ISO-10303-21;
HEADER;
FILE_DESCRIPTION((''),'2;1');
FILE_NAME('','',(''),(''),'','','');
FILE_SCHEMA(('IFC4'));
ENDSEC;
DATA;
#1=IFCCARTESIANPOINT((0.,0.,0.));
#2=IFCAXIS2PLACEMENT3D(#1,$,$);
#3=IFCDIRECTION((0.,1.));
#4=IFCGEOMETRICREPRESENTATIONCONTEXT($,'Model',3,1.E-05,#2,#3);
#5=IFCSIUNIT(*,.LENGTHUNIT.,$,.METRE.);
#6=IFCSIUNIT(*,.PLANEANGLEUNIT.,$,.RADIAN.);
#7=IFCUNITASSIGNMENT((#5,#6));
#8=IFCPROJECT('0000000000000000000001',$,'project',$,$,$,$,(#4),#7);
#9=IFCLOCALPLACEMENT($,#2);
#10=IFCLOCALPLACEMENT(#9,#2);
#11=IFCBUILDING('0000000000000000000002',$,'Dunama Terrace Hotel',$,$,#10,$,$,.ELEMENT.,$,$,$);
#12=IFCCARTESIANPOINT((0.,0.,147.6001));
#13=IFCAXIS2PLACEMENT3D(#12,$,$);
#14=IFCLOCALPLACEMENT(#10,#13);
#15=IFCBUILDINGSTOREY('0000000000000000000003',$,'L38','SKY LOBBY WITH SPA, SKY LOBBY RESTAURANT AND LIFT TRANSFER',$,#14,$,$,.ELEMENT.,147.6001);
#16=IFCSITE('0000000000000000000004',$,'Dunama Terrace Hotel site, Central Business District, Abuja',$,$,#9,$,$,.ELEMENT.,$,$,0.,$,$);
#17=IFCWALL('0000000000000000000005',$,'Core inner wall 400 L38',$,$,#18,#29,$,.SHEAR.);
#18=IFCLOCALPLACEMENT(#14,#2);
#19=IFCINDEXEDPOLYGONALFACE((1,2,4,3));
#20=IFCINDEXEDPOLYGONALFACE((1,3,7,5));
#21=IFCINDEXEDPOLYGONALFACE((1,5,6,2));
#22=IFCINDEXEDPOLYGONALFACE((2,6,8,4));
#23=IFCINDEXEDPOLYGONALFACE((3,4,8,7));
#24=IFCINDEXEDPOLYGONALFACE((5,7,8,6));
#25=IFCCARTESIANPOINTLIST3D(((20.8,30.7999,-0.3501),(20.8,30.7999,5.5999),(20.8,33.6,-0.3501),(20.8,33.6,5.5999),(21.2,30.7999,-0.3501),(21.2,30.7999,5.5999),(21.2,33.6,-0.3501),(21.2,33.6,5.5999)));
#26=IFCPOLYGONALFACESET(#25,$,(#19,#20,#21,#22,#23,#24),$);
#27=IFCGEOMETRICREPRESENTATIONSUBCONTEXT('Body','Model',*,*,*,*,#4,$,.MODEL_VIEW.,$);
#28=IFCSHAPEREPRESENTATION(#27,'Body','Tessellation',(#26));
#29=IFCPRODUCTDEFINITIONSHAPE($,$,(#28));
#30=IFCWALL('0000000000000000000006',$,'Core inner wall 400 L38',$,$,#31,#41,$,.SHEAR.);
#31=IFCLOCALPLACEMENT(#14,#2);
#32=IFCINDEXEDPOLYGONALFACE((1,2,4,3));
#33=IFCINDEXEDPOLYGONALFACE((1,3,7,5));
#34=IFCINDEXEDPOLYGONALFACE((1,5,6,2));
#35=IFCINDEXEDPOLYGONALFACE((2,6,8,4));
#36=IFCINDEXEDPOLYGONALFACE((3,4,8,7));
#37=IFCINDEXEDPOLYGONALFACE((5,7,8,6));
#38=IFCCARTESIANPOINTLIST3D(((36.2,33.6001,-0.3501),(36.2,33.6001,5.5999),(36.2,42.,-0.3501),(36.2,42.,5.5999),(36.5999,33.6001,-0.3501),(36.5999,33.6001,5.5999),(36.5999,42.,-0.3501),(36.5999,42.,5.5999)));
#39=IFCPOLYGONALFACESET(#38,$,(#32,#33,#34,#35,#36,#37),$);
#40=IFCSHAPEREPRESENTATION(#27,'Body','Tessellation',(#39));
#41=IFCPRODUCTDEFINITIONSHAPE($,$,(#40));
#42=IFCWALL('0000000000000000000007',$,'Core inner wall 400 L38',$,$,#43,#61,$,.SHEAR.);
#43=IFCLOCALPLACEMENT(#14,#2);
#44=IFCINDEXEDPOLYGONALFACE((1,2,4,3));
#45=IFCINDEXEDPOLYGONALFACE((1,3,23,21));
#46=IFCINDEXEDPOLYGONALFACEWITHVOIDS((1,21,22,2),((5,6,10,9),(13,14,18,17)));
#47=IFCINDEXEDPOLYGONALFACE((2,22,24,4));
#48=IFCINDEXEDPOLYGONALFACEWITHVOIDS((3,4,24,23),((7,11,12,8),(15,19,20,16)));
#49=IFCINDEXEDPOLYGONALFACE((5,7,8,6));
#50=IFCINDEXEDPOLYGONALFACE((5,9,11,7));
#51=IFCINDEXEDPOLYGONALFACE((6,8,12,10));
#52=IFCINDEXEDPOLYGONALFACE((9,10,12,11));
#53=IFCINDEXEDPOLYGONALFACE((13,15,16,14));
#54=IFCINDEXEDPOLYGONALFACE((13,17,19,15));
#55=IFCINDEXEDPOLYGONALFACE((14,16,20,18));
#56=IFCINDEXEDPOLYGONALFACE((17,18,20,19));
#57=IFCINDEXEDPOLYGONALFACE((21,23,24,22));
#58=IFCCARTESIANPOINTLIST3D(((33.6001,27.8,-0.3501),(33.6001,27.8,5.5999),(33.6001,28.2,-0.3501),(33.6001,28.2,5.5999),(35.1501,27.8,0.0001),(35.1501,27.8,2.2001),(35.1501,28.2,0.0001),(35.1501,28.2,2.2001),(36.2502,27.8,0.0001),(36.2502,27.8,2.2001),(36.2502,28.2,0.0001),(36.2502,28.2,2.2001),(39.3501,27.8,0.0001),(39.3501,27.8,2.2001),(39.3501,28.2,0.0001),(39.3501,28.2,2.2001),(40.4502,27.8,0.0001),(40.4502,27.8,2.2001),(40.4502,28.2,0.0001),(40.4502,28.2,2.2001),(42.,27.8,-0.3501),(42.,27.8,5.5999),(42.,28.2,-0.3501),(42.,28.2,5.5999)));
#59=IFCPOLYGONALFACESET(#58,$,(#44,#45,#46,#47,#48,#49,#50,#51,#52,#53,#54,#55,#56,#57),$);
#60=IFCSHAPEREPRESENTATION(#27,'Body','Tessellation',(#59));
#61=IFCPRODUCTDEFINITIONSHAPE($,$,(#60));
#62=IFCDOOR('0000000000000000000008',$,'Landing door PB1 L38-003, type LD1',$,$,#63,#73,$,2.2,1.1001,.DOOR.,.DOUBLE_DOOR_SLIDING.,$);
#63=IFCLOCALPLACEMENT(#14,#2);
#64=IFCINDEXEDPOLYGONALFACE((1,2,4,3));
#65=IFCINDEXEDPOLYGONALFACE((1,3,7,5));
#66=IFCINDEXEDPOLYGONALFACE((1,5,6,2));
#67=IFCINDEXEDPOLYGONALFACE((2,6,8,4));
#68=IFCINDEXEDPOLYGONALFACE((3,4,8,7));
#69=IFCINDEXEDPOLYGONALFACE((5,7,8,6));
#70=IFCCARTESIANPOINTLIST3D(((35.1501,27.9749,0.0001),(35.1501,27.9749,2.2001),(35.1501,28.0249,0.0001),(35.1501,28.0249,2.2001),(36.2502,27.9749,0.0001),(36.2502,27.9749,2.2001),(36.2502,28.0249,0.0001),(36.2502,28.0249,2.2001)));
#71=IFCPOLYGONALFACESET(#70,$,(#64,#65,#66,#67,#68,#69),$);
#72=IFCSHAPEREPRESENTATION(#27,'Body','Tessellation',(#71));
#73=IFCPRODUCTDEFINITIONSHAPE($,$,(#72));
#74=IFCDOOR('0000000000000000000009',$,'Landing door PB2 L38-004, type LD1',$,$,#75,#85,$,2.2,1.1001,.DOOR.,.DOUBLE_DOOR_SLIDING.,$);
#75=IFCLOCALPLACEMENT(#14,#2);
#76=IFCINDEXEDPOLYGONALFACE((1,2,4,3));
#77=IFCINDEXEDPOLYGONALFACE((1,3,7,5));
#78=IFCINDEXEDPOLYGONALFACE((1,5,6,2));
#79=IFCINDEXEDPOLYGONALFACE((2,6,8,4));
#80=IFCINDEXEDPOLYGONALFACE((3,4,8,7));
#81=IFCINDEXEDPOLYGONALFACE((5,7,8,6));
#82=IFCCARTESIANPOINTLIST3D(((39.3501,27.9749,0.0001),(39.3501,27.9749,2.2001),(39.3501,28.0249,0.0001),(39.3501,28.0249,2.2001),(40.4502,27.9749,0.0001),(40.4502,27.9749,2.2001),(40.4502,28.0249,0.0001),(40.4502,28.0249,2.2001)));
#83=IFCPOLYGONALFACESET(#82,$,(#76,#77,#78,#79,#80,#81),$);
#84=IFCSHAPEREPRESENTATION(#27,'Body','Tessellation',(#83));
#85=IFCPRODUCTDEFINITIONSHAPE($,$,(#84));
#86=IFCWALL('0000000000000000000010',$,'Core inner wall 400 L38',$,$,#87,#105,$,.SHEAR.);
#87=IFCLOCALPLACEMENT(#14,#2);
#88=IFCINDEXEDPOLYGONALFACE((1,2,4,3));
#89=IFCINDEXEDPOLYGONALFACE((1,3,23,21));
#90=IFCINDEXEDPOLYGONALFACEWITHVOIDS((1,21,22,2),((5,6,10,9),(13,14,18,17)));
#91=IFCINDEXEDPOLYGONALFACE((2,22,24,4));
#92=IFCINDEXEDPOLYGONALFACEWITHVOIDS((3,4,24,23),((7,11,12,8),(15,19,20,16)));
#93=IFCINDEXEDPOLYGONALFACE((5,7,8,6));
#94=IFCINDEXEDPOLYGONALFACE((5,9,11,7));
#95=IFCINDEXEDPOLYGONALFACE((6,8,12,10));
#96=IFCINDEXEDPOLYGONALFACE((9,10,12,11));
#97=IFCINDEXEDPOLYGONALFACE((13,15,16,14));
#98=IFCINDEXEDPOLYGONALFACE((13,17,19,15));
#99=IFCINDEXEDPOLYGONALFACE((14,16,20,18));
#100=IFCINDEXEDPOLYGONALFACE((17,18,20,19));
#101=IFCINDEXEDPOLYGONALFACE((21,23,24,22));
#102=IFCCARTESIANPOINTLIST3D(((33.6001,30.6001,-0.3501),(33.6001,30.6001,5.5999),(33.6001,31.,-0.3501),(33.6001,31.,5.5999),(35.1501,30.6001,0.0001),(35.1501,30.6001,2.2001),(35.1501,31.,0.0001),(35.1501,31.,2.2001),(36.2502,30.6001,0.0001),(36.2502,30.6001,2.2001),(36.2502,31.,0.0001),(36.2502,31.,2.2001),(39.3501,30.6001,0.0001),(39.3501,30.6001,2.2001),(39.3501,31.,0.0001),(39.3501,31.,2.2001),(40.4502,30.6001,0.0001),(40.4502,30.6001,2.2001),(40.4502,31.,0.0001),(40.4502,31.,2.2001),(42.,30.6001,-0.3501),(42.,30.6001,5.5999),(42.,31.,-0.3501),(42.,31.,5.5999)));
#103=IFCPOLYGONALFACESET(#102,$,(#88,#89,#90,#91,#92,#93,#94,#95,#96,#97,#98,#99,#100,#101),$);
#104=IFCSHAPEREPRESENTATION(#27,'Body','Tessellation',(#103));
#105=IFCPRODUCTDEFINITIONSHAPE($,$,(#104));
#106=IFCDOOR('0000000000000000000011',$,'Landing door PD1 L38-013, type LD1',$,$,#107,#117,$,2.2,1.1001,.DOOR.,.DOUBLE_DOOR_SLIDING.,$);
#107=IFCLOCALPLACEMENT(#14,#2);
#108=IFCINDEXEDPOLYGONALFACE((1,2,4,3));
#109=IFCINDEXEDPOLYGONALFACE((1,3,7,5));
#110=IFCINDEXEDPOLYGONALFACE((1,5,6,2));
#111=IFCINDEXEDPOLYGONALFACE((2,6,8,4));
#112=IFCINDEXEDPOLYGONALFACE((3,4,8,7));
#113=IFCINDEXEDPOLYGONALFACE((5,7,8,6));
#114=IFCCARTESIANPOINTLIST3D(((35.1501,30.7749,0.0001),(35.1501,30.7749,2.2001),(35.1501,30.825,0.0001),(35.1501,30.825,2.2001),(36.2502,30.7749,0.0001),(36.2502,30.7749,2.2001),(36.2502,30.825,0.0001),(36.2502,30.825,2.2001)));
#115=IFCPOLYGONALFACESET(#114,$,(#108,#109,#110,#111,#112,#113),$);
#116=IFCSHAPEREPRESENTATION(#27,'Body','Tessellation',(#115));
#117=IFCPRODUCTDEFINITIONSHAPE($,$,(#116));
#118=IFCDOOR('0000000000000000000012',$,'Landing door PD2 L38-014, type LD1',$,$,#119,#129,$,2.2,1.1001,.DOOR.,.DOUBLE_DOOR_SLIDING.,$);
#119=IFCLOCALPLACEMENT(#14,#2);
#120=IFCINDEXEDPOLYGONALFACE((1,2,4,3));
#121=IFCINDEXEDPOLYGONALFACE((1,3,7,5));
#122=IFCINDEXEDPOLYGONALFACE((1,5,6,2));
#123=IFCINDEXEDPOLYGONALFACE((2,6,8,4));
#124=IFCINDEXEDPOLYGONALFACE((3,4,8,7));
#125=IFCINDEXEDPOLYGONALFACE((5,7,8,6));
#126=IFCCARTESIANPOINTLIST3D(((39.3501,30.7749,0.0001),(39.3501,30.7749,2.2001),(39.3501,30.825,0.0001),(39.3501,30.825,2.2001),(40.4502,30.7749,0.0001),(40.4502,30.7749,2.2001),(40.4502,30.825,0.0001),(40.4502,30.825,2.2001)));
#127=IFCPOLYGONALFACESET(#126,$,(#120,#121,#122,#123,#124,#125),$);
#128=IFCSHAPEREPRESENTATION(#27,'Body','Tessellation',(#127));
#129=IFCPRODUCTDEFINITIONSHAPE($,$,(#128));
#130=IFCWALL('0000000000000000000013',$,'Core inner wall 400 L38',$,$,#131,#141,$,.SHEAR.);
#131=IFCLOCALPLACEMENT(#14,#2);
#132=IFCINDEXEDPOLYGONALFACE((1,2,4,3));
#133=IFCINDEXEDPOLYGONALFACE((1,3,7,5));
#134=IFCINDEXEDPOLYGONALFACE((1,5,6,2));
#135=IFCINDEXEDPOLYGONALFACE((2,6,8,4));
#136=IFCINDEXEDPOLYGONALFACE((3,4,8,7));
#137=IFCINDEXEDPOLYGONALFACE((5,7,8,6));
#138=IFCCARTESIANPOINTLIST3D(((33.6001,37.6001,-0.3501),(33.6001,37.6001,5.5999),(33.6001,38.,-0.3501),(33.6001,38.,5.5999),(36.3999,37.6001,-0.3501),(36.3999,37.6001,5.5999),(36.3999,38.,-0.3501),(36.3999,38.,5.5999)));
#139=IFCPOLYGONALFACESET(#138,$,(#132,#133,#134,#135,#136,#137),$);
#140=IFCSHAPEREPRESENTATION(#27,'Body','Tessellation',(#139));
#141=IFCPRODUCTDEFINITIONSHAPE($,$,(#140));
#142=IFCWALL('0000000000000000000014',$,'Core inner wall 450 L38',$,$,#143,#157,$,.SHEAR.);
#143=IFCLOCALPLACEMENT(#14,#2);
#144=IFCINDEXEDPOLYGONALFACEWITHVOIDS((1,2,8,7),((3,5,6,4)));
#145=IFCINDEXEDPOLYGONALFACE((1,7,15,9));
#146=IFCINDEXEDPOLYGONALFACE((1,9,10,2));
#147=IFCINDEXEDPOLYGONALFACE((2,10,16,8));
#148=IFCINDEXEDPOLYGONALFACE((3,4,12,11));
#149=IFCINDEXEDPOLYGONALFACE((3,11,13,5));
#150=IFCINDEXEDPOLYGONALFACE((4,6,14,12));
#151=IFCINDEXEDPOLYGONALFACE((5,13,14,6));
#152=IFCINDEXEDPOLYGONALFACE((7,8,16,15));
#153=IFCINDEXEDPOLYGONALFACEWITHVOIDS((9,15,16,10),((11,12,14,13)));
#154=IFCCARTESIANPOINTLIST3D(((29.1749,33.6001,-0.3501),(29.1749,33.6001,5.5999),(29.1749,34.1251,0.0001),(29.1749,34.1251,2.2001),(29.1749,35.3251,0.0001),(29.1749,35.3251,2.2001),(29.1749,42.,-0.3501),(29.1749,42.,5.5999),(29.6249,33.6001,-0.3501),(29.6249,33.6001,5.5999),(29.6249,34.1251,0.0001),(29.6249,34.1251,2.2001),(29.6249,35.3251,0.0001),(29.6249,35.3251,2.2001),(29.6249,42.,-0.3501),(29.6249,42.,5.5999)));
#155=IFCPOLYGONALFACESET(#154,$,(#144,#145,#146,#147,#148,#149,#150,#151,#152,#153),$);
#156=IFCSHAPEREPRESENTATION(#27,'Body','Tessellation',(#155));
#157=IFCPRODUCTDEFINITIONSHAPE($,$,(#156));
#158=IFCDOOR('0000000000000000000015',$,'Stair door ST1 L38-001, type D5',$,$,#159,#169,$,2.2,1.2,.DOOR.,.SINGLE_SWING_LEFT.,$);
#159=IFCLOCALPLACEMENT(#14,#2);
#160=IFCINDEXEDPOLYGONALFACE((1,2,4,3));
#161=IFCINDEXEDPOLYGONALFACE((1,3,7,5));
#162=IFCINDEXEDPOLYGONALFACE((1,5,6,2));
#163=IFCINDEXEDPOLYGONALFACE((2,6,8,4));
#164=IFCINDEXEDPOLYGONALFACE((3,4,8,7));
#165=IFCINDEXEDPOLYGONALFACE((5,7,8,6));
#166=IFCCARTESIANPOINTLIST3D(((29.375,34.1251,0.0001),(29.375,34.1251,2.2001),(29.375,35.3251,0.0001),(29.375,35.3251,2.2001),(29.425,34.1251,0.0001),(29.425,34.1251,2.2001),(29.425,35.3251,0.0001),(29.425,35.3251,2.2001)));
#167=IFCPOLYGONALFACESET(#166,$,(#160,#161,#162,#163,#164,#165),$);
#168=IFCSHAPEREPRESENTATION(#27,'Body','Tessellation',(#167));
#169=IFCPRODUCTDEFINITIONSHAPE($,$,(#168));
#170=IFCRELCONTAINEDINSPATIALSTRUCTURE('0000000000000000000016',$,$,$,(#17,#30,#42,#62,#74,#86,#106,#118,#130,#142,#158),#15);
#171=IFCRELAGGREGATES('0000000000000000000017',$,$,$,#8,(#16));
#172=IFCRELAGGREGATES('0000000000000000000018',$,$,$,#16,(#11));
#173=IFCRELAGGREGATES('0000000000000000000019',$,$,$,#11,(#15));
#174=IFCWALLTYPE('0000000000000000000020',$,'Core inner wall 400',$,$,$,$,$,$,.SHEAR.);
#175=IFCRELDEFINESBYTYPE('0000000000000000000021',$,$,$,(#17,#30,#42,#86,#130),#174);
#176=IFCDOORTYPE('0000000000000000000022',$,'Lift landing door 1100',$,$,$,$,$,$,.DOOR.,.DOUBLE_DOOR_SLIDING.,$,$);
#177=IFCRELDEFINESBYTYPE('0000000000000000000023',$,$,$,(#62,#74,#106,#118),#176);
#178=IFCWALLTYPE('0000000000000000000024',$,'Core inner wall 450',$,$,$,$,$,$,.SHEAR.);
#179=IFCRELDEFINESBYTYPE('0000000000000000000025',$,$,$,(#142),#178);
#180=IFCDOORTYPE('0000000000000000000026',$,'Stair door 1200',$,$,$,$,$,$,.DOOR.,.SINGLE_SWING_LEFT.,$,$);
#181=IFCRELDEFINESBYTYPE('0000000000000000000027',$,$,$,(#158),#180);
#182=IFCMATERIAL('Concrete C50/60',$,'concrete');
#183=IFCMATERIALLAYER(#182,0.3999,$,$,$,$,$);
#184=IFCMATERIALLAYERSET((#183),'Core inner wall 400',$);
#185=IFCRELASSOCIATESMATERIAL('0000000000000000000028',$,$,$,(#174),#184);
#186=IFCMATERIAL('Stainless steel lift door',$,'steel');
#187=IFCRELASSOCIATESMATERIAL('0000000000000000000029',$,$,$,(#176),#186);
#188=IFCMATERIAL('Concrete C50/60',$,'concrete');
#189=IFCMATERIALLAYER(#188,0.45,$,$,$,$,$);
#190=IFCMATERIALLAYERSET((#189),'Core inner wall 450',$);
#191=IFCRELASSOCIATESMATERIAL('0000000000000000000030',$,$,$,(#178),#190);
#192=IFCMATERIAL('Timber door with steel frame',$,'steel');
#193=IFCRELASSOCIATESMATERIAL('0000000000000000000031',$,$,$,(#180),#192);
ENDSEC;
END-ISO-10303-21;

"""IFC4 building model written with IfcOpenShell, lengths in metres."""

from ifc_helpers import new_model, si_unit, direction, frame, frame_2d, origin, place, context, subcontext, project, spatial, rectangle, extrude, material, layer, layer_set, type_object, element, fill, save


model = new_model("IFC4")

# Units and contexts
model_context = context("Model", 3, precision=1e-05, world=origin(), true_north=direction((0.0, 1.0)))
body_context = subcontext(model_context, "Body", "Model", "MODEL_VIEW")
ifc_project = project(units=[si_unit("LENGTHUNIT", "METRE"), si_unit("PLANEANGLEUNIT", "RADIAN")], contexts=[model_context])

# Site, building, storey
site_placement = place(None, origin())
site = spatial("IfcSite", under=ifc_project, at=site_placement, Name="Dunama Terrace Hotel site, Central Business District, Abuja", CompositionType="ELEMENT", RefElevation=0.0)
building_placement = place(site_placement, origin())
building = spatial("IfcBuilding", under=site, at=building_placement, Name="Dunama Terrace Hotel", CompositionType="ELEMENT")
storey_placement = place(building_placement, frame((0.0, 0.0, 147.6001)))
storey = spatial("IfcBuildingStorey", under=building, at=storey_placement, Name="L38", Description="SKY LOBBY WITH SPA, SKY LOBBY RESTAURANT AND LIFT TRANSFER", CompositionType="ELEMENT", Elevation=147.6001)

# Walls
ifc_material_1 = material(Name="Concrete C50/60", Category="concrete")
ifc_layer_1 = layer(ifc_material_1, 0.3999)
ifc_layer_set_1 = layer_set([ifc_layer_1], Name="Core inner wall 400")
wall_type_1 = type_object("IfcWallType", Name="Core inner wall 400", PredefinedType="SHEAR", material=ifc_layer_set_1)
wall_1_placement = place(storey_placement, frame((21.0, 30.8, -0.3501), z_axis=(0.0, 0.0, 1.0), x_axis=(0.0, 1.0, 0.0)))
element("IfcWall", 1, at=wall_1_placement, inside=storey, type_object=wall_type_1, Name="Core inner wall 400 L38", PredefinedType="SHEAR", context=body_context, shape_type="SweptSolid", body=[
    extrude(rectangle(XDim=2.8, YDim=0.3999, at=frame_2d((1.3999, 0.0))), origin(), (0.0, 0.0, 1.0), 5.95),
])
wall_2_placement = place(storey_placement, frame((36.3999, 33.6001, -0.3501), z_axis=(0.0, 0.0, 1.0), x_axis=(0.0, 1.0, 0.0)))
element("IfcWall", 2, at=wall_2_placement, inside=storey, type_object=wall_type_1, Name="Core inner wall 400 L38", PredefinedType="SHEAR", context=body_context, shape_type="SweptSolid", body=[
    extrude(rectangle(XDim=8.3999, YDim=0.3999, at=frame_2d((4.2, 0.0))), origin(), (0.0, 0.0, 1.0), 5.95),
])

# Walls, openings, doors
wall_3_placement = place(storey_placement, frame((33.6001, 28.0, -0.3501), z_axis=(0.0, 0.0, 1.0), x_axis=(1.0, 0.0, 0.0)))
wall_3 = element("IfcWall", 3, at=wall_3_placement, inside=storey, type_object=wall_type_1, Name="Core inner wall 400 L38", PredefinedType="SHEAR", context=body_context, shape_type="SweptSolid", body=[
    extrude(rectangle(XDim=8.3999, YDim=0.3999, at=frame_2d((4.2, 0.0))), origin(), (0.0, 0.0, 1.0), 5.95),
])
opening_1_placement = place(wall_3_placement, frame((1.55, 0.0, 0.3501)))
opening_1 = element("IfcOpeningElement", 4, at=opening_1_placement, cuts=wall_3, PredefinedType="OPENING", context=body_context, shape_type="SweptSolid", body=[
    extrude(rectangle(XDim=1.1001, YDim=2.2, at=frame_2d((0.55, 1.1001))), frame((0.0, 0.21, 0.0), z_axis=(0.0, -1.0, 0.0), x_axis=(1.0, 0.0, 0.0)), (0.0, 0.0, 1.0), 0.4199),
])
opening_2_placement = place(wall_3_placement, frame((5.75, 0.0, 0.3501)))
opening_2 = element("IfcOpeningElement", 5, at=opening_2_placement, cuts=wall_3, PredefinedType="OPENING", context=body_context, shape_type="SweptSolid", body=[
    extrude(rectangle(XDim=1.1001, YDim=2.2, at=frame_2d((0.55, 1.1001))), frame((0.0, 0.21, 0.0), z_axis=(0.0, -1.0, 0.0), x_axis=(1.0, 0.0, 0.0)), (0.0, 0.0, 1.0), 0.4199),
])
ifc_material_2 = material(Name="Stainless steel lift door", Category="steel")
door_type_1 = type_object("IfcDoorType", Name="Lift landing door 1100", OperationType="DOUBLE_DOOR_SLIDING", PredefinedType="DOOR", material=ifc_material_2)
door_1_placement = place(opening_1_placement, origin())
door_1 = element("IfcDoor", 6, at=door_1_placement, inside=storey, type_object=door_type_1, Name="Landing door PB1 L38-003, type LD1", OperationType="DOUBLE_DOOR_SLIDING", OverallHeight=2.2, OverallWidth=1.1001, PredefinedType="DOOR", context=body_context, shape_type="SweptSolid", body=[
    extrude(rectangle(XDim=1.1001, YDim=2.2, at=frame_2d((0.55, 1.1001))), frame((0.0, 0.0249, 0.0), z_axis=(0.0, -1.0, 0.0), x_axis=(1.0, 0.0, 0.0)), (0.0, 0.0, 1.0), 0.05),
])
fill(opening_1, door_1)
door_2_placement = place(opening_2_placement, origin())
door_2 = element("IfcDoor", 7, at=door_2_placement, inside=storey, type_object=door_type_1, Name="Landing door PB2 L38-004, type LD1", OperationType="DOUBLE_DOOR_SLIDING", OverallHeight=2.2, OverallWidth=1.1001, PredefinedType="DOOR", context=body_context, shape_type="SweptSolid", body=[
    extrude(rectangle(XDim=1.1001, YDim=2.2, at=frame_2d((0.55, 1.1001))), frame((0.0, 0.0249, 0.0), z_axis=(0.0, -1.0, 0.0), x_axis=(1.0, 0.0, 0.0)), (0.0, 0.0, 1.0), 0.05),
])
fill(opening_2, door_2)
wall_4_placement = place(storey_placement, frame((33.6001, 30.8, -0.3501), z_axis=(0.0, 0.0, 1.0), x_axis=(1.0, 0.0, 0.0)))
wall_4 = element("IfcWall", 8, at=wall_4_placement, inside=storey, type_object=wall_type_1, Name="Core inner wall 400 L38", PredefinedType="SHEAR", context=body_context, shape_type="SweptSolid", body=[
    extrude(rectangle(XDim=8.3999, YDim=0.3999, at=frame_2d((4.2, 0.0))), origin(), (0.0, 0.0, 1.0), 5.95),
])
opening_3_placement = place(wall_4_placement, frame((1.55, 0.0, 0.3501)))
opening_3 = element("IfcOpeningElement", 9, at=opening_3_placement, cuts=wall_4, PredefinedType="OPENING", context=body_context, shape_type="SweptSolid", body=[
    extrude(rectangle(XDim=1.1001, YDim=2.2, at=frame_2d((0.55, 1.1001))), frame((0.0, 0.21, 0.0), z_axis=(0.0, -1.0, 0.0), x_axis=(1.0, 0.0, 0.0)), (0.0, 0.0, 1.0), 0.4199),
])
opening_4_placement = place(wall_4_placement, frame((5.75, 0.0, 0.3501)))
opening_4 = element("IfcOpeningElement", 10, at=opening_4_placement, cuts=wall_4, PredefinedType="OPENING", context=body_context, shape_type="SweptSolid", body=[
    extrude(rectangle(XDim=1.1001, YDim=2.2, at=frame_2d((0.55, 1.1001))), frame((0.0, 0.21, 0.0), z_axis=(0.0, -1.0, 0.0), x_axis=(1.0, 0.0, 0.0)), (0.0, 0.0, 1.0), 0.4199),
])
door_3_placement = place(opening_3_placement, origin())
door_3 = element("IfcDoor", 11, at=door_3_placement, inside=storey, type_object=door_type_1, Name="Landing door PD1 L38-013, type LD1", OperationType="DOUBLE_DOOR_SLIDING", OverallHeight=2.2, OverallWidth=1.1001, PredefinedType="DOOR", context=body_context, shape_type="SweptSolid", body=[
    extrude(rectangle(XDim=1.1001, YDim=2.2, at=frame_2d((0.55, 1.1001))), frame((0.0, 0.0249, 0.0), z_axis=(0.0, -1.0, 0.0), x_axis=(1.0, 0.0, 0.0)), (0.0, 0.0, 1.0), 0.05),
])
fill(opening_3, door_3)
door_4_placement = place(opening_4_placement, origin())
door_4 = element("IfcDoor", 12, at=door_4_placement, inside=storey, type_object=door_type_1, Name="Landing door PD2 L38-014, type LD1", OperationType="DOUBLE_DOOR_SLIDING", OverallHeight=2.2, OverallWidth=1.1001, PredefinedType="DOOR", context=body_context, shape_type="SweptSolid", body=[
    extrude(rectangle(XDim=1.1001, YDim=2.2, at=frame_2d((0.55, 1.1001))), frame((0.0, 0.0249, 0.0), z_axis=(0.0, -1.0, 0.0), x_axis=(1.0, 0.0, 0.0)), (0.0, 0.0, 1.0), 0.05),
])
fill(opening_4, door_4)

# Wall
wall_5_placement = place(storey_placement, frame((33.6001, 37.8, -0.3501), z_axis=(0.0, 0.0, 1.0), x_axis=(1.0, 0.0, 0.0)))
element("IfcWall", 13, at=wall_5_placement, inside=storey, type_object=wall_type_1, Name="Core inner wall 400 L38", PredefinedType="SHEAR", context=body_context, shape_type="SweptSolid", body=[
    extrude(rectangle(XDim=2.7998, YDim=0.3999, at=frame_2d((1.3999, 0.0))), origin(), (0.0, 0.0, 1.0), 5.95),
])

# Wall, opening, door
ifc_material_3 = material(Name="Concrete C50/60", Category="concrete")
ifc_layer_2 = layer(ifc_material_3, 0.45)
ifc_layer_set_2 = layer_set([ifc_layer_2], Name="Core inner wall 450")
wall_type_2 = type_object("IfcWallType", Name="Core inner wall 450", PredefinedType="SHEAR", material=ifc_layer_set_2)
wall_6_placement = place(storey_placement, frame((29.3999, 33.6001, -0.3501), z_axis=(0.0, 0.0, 1.0), x_axis=(0.0, 1.0, 0.0)))
wall_6 = element("IfcWall", 14, at=wall_6_placement, inside=storey, type_object=wall_type_2, Name="Core inner wall 450 L38", PredefinedType="SHEAR", context=body_context, shape_type="SweptSolid", body=[
    extrude(rectangle(XDim=8.3999, YDim=0.45, at=frame_2d((4.2, 0.0))), origin(), (0.0, 0.0, 1.0), 5.95),
])
opening_5_placement = place(wall_6_placement, frame((0.5249, 0.0, 0.3501)))
opening_5 = element("IfcOpeningElement", 15, at=opening_5_placement, cuts=wall_6, PredefinedType="OPENING", context=body_context, shape_type="SweptSolid", body=[
    extrude(rectangle(XDim=1.2, YDim=2.2, at=frame_2d((0.6001, 1.1001))), frame((0.0, 0.2349, 0.0), z_axis=(0.0, -1.0, 0.0), x_axis=(1.0, 0.0, 0.0)), (0.0, 0.0, 1.0), 0.47),
])
ifc_material_4 = material(Name="Timber door with steel frame", Category="steel")
door_type_2 = type_object("IfcDoorType", Name="Stair door 1200", OperationType="SINGLE_SWING_LEFT", PredefinedType="DOOR", material=ifc_material_4)
door_5_placement = place(opening_5_placement, origin())
door_5 = element("IfcDoor", 16, at=door_5_placement, inside=storey, type_object=door_type_2, Name="Stair door ST1 L38-001, type D5", OperationType="SINGLE_SWING_LEFT", OverallHeight=2.2, OverallWidth=1.2, PredefinedType="DOOR", context=body_context, shape_type="SweptSolid", body=[
    extrude(rectangle(XDim=1.2, YDim=2.2, at=frame_2d((0.6001, 1.1001))), frame((0.0, 0.0249, 0.0), z_axis=(0.0, -1.0, 0.0), x_axis=(1.0, 0.0, 0.0)), (0.0, 0.0, 1.0), 0.05),
])
fill(opening_5, door_5)

save(model, "model.ifc")
